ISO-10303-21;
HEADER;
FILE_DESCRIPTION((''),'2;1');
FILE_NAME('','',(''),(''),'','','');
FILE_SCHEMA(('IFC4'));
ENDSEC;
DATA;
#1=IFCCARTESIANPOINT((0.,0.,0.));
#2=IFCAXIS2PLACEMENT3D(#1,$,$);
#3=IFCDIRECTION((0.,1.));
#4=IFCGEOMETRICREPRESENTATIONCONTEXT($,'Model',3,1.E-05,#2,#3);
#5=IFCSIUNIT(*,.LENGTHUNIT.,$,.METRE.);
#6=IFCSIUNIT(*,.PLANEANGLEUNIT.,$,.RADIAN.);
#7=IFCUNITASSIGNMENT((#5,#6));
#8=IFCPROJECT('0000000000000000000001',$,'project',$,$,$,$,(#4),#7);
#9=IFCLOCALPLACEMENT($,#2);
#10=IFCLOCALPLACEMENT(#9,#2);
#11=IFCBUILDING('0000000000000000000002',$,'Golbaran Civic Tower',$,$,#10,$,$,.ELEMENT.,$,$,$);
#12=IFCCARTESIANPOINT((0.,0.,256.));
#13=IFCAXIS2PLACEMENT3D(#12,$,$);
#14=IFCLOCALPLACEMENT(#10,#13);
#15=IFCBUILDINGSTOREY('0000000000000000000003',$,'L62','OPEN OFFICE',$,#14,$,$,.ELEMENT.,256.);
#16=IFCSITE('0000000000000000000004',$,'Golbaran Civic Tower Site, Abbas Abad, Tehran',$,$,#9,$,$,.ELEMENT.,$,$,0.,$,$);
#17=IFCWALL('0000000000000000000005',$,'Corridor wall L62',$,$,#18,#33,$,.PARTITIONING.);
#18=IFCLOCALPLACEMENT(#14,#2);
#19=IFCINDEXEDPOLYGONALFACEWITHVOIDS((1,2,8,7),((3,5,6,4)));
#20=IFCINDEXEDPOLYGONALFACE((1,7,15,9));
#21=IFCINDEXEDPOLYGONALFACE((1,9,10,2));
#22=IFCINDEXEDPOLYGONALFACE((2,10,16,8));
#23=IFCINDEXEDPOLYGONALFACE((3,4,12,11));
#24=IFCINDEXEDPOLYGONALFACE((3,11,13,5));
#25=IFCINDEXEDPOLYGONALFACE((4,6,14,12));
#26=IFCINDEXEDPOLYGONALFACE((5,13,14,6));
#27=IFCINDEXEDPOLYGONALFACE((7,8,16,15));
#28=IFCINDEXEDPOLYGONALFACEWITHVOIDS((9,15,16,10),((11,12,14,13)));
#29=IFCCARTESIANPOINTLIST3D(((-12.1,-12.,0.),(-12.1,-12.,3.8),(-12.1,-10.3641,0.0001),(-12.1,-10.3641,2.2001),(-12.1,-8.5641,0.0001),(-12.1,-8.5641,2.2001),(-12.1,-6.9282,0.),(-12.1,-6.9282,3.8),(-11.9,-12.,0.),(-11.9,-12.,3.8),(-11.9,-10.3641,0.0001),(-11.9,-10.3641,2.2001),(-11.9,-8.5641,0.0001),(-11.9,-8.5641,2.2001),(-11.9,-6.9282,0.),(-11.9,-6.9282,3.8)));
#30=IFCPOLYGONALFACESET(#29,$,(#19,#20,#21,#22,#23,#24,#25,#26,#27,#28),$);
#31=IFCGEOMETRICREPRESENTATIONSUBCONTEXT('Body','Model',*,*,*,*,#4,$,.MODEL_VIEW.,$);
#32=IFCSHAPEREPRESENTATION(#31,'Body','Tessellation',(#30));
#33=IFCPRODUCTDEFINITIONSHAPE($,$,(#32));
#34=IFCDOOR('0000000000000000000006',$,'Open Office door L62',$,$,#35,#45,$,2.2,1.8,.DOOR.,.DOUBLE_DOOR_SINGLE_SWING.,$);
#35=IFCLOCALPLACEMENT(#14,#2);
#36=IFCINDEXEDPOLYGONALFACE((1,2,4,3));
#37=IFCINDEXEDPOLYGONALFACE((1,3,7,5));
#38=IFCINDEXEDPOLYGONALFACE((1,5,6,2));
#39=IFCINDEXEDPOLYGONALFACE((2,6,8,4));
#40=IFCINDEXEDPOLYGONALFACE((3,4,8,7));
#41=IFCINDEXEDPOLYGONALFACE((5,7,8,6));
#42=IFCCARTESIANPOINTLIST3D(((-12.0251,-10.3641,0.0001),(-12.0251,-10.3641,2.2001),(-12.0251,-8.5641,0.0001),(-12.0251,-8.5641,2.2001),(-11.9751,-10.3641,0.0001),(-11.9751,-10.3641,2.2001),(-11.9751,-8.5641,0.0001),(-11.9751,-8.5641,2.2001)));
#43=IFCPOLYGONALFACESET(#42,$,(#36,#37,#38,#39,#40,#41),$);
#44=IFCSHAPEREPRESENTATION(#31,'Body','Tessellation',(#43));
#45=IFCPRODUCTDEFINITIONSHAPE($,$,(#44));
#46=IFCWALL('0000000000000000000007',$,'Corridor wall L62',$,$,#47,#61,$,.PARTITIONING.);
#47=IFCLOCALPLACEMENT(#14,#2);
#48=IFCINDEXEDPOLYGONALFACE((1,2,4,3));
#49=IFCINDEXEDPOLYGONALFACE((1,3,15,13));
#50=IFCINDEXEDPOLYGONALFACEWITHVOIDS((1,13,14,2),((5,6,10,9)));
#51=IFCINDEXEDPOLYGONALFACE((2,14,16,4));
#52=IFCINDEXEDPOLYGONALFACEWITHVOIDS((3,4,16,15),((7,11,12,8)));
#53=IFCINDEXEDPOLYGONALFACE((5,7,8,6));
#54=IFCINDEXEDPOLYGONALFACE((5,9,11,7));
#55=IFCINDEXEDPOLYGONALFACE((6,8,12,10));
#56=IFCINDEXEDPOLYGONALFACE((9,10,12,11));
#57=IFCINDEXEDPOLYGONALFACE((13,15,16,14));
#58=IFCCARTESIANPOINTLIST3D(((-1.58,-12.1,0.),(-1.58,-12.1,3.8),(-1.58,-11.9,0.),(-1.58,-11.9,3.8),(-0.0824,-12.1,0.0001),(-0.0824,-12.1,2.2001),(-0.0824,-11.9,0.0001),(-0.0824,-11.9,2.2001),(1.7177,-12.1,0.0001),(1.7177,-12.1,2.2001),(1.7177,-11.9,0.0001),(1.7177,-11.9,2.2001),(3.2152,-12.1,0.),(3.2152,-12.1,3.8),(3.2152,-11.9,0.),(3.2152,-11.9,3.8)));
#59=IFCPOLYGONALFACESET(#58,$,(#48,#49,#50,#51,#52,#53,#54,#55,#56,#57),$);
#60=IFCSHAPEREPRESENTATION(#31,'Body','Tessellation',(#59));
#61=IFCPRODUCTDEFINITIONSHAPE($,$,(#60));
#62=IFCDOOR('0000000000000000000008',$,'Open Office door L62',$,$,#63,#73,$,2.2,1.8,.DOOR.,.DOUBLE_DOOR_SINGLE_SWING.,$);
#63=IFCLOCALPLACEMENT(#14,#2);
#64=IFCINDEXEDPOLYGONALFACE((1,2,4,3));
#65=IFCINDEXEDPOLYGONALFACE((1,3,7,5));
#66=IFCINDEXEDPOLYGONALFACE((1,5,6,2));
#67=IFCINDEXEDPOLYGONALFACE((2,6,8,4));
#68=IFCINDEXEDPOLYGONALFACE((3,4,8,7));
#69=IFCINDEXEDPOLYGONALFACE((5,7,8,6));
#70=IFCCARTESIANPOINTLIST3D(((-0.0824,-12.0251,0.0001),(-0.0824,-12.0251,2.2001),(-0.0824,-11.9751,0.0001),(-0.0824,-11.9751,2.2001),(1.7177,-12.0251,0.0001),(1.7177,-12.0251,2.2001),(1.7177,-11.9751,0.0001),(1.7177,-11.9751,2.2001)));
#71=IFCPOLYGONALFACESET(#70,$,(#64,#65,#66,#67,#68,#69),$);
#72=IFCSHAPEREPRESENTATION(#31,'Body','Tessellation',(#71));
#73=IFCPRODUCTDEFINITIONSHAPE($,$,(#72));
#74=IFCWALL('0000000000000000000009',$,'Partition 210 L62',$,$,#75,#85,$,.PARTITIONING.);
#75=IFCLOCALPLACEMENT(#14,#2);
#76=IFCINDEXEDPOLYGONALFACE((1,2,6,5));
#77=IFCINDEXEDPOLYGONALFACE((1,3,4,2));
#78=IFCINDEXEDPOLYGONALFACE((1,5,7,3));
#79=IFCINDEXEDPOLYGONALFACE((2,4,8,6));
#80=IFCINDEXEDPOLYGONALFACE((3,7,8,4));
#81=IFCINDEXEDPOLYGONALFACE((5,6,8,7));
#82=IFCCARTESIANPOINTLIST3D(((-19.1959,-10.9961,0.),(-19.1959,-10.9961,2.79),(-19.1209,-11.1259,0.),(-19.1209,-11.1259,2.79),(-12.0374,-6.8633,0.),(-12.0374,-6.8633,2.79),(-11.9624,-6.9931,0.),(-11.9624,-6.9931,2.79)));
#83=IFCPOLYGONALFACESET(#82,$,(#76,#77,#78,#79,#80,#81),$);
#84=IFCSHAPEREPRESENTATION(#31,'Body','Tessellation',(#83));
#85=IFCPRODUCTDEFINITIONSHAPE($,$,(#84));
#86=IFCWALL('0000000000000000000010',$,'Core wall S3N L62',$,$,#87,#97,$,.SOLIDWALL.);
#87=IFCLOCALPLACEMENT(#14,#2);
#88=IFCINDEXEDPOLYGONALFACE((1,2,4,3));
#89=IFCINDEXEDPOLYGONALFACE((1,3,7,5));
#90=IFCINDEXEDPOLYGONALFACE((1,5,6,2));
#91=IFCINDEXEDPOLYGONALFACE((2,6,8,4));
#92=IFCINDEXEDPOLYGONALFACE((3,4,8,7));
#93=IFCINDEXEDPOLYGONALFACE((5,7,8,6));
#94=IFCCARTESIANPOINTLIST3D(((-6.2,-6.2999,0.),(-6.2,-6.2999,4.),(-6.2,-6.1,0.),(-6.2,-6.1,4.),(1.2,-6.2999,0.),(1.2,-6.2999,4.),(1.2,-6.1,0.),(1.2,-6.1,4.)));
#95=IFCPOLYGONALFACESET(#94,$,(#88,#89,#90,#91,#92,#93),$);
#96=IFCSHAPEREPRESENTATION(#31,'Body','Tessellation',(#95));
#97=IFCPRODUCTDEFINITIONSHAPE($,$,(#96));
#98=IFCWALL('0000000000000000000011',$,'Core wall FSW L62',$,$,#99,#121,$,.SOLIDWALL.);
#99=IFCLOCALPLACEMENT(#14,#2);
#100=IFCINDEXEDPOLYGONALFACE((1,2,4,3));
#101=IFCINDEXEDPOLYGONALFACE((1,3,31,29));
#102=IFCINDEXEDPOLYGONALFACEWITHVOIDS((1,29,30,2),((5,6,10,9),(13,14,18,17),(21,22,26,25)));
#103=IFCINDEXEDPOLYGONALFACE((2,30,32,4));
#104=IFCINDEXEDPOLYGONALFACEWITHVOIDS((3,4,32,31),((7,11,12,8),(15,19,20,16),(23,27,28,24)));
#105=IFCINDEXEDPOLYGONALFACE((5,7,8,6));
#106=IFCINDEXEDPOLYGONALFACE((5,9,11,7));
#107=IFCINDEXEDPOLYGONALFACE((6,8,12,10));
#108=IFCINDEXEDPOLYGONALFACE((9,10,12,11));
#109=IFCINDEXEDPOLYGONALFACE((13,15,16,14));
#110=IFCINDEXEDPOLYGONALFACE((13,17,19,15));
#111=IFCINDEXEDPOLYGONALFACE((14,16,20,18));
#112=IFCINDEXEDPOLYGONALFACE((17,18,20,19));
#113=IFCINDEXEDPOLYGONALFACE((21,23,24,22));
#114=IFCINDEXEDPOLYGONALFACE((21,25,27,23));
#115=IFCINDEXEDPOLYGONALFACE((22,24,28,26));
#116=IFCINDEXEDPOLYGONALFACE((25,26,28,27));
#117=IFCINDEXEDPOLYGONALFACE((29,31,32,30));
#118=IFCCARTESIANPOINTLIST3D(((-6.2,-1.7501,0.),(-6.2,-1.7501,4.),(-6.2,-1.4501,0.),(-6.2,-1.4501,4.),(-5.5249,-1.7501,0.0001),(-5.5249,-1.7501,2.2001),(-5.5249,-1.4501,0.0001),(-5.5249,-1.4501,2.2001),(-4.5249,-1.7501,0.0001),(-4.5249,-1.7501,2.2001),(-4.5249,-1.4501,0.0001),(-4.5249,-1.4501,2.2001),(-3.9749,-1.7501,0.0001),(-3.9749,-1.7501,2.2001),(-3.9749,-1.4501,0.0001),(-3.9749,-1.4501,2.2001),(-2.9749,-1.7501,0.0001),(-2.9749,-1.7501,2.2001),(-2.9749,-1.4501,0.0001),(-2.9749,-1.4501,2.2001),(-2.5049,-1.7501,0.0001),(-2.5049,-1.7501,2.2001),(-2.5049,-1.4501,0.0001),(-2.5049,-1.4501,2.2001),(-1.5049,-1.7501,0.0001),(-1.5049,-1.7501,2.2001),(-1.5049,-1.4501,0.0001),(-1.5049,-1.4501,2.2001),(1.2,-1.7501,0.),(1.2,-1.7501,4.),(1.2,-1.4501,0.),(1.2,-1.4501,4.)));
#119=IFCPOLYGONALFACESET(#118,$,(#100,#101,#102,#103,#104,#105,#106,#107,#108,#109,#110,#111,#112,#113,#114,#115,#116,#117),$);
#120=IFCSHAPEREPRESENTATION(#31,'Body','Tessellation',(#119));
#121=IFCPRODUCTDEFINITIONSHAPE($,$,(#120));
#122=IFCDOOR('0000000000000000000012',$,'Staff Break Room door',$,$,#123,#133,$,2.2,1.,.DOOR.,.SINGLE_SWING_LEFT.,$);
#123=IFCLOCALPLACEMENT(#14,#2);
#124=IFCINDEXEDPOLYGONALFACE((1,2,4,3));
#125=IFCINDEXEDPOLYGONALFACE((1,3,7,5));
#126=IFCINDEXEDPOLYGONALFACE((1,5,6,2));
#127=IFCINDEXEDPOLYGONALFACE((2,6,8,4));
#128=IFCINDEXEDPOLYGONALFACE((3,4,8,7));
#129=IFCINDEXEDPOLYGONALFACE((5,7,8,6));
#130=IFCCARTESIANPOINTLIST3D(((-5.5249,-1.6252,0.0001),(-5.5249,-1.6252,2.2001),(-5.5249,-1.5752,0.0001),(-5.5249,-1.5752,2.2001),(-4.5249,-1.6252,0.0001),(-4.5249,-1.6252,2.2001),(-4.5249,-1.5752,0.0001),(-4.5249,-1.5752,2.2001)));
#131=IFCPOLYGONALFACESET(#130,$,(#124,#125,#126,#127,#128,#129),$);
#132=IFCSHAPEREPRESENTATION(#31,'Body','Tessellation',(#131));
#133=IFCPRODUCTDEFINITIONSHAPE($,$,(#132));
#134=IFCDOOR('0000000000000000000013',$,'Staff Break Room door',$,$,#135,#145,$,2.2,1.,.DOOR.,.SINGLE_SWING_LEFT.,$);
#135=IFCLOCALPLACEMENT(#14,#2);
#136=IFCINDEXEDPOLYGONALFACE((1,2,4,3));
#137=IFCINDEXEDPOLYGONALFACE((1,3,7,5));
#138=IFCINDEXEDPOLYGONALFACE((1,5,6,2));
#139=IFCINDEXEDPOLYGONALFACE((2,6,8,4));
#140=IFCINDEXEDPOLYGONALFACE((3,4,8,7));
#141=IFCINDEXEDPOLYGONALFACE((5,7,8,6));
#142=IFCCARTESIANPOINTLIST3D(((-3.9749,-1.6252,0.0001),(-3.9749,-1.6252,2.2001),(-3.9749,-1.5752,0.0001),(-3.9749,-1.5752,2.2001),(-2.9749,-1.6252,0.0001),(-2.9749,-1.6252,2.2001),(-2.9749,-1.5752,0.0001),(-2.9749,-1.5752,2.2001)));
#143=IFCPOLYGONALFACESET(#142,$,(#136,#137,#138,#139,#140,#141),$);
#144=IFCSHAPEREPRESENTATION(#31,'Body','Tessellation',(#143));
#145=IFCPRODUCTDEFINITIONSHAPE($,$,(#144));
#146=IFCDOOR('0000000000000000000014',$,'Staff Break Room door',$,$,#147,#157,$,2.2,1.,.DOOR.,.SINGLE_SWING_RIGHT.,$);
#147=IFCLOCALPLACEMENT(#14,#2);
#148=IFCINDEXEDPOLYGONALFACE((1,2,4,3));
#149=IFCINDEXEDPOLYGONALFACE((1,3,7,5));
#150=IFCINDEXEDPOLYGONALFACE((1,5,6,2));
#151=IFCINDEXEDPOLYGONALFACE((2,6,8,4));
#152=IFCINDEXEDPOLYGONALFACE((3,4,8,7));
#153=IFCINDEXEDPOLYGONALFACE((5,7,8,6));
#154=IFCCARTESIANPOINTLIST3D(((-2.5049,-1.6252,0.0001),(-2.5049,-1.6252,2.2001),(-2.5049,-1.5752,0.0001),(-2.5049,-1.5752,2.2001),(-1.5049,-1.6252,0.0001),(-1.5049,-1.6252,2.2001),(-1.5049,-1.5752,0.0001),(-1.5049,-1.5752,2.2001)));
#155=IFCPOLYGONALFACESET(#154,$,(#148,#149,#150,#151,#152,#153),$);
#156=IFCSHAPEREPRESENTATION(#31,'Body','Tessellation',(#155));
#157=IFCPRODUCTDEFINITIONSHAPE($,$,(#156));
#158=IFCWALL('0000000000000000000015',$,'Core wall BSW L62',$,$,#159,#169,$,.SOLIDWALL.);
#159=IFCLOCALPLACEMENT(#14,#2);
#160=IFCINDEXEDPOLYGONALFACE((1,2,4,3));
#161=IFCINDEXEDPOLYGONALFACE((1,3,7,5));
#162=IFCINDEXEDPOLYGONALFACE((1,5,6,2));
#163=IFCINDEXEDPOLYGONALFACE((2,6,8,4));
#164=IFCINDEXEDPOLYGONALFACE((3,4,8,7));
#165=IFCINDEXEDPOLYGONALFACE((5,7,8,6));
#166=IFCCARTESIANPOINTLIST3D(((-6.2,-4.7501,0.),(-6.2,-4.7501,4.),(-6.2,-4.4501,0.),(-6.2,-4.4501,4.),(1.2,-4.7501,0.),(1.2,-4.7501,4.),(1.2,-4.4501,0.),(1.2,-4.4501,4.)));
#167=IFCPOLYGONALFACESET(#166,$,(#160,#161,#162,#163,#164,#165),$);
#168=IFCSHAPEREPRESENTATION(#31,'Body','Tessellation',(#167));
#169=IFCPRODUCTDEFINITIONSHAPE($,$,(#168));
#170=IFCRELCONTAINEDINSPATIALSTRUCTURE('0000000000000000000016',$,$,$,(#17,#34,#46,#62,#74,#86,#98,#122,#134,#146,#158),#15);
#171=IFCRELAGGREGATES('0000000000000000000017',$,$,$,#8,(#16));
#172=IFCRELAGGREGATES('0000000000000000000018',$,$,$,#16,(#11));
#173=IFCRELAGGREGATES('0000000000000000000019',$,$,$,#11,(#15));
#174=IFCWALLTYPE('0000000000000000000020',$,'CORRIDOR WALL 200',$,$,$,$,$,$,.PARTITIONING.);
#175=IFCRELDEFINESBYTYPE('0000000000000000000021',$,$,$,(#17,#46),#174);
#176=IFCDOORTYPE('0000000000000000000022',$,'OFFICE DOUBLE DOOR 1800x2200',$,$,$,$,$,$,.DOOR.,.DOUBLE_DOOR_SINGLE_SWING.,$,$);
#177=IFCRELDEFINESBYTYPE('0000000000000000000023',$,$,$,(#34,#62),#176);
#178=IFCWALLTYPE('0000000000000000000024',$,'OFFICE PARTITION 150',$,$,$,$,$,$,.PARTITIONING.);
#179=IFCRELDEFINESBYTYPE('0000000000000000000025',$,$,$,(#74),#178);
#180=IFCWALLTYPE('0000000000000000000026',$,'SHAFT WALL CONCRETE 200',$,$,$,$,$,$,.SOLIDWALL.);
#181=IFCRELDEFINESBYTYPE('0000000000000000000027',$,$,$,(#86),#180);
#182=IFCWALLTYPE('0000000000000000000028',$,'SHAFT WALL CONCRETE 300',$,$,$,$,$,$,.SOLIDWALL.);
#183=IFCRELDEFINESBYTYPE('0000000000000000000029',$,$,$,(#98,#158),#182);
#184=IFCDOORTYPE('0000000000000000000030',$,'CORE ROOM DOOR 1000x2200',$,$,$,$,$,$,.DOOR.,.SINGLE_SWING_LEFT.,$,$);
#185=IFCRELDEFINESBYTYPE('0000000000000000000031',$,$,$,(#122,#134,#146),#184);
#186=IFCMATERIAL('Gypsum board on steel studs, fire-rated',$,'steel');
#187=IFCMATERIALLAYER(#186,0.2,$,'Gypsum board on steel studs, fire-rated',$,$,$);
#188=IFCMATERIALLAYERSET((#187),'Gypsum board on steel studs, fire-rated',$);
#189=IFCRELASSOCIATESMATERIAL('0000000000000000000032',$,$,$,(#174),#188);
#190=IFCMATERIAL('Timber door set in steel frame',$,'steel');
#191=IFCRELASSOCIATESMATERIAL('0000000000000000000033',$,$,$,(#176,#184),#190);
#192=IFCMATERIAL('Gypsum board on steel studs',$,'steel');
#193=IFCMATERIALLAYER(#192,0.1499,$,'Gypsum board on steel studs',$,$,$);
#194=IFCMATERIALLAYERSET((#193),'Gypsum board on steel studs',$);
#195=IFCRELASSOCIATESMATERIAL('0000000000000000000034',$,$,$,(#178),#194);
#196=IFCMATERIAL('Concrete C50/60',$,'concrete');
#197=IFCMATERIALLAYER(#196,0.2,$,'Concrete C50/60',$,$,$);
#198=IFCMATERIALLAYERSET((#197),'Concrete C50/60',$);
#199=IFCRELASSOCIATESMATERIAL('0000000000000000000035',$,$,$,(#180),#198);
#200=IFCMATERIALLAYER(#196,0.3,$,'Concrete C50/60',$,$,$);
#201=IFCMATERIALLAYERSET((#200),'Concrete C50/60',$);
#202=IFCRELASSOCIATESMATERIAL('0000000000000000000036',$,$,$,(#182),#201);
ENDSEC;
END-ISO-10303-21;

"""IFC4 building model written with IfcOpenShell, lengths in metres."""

from ifc_helpers import new_model, si_unit, direction, frame, frame_2d, origin, place, context, subcontext, project, spatial, rectangle, extrude, material, layer, layer_set, type_object, element, fill, save


model = new_model("IFC4")

# Units and contexts
model_context = context("Model", 3, precision=1e-05, world=origin(), true_north=direction((0.0, 1.0)))
body_context = subcontext(model_context, "Body", "Model", "MODEL_VIEW")
ifc_project = project(units=[si_unit("LENGTHUNIT", "METRE"), si_unit("PLANEANGLEUNIT", "RADIAN")], contexts=[model_context])

# Site, building, storey
site_placement = place(None, origin())
site = spatial("IfcSite", under=ifc_project, at=site_placement, Name="Golbaran Civic Tower Site, Abbas Abad, Tehran", CompositionType="ELEMENT", RefElevation=0.0)
building_placement = place(site_placement, origin())
building = spatial("IfcBuilding", under=site, at=building_placement, Name="Golbaran Civic Tower", CompositionType="ELEMENT")
storey_placement = place(building_placement, frame((0.0, 0.0, 256.0)))
storey = spatial("IfcBuildingStorey", under=building, at=storey_placement, Name="L62", Description="OPEN OFFICE", CompositionType="ELEMENT", Elevation=256.0)

# Walls, openings, doors
ifc_material_1 = material(Name="Concrete C50/60", Category="concrete")
ifc_material_2 = material(Name="Timber door set in steel frame", Category="steel")
ifc_material_3 = material(Name="Gypsum board on steel studs, fire-rated", Category="steel")
ifc_layer_1 = layer(ifc_material_3, 0.2, Name="Gypsum board on steel studs, fire-rated")
ifc_layer_set_1 = layer_set([ifc_layer_1], Name="Gypsum board on steel studs, fire-rated")
wall_type_1 = type_object("IfcWallType", Name="CORRIDOR WALL 200", PredefinedType="PARTITIONING", material=ifc_layer_set_1)
wall_1_placement = place(storey_placement, frame((-12.0, -6.9282, 0.0), z_axis=(0.0, 0.0, 1.0), x_axis=(0.0, -1.0, 0.0)))
wall_1 = element("IfcWall", 1, at=wall_1_placement, inside=storey, type_object=wall_type_1, Name="Corridor wall L62", PredefinedType="PARTITIONING", context=body_context, shape_type="SweptSolid", body=[
    extrude(rectangle(XDim=5.0718, YDim=0.2, at=frame_2d((2.5359, 0.0))), origin(), (0.0, 0.0, 1.0), 3.8),
])
opening_1_placement = place(wall_1_placement, frame((1.636, 0.0, 0.0)))
opening_1 = element("IfcOpeningElement", 2, at=opening_1_placement, cuts=wall_1, PredefinedType="OPENING", context=body_context, shape_type="SweptSolid", body=[
    extrude(rectangle(XDim=1.8, YDim=2.2, at=frame_2d((0.8999, 1.1001))), frame((0.0, 0.1099, 0.0), z_axis=(0.0, -1.0, 0.0), x_axis=(1.0, 0.0, 0.0)), (0.0, 0.0, 1.0), 0.22),
])
door_type_1 = type_object("IfcDoorType", Name="OFFICE DOUBLE DOOR 1800x2200", OperationType="DOUBLE_DOOR_SINGLE_SWING", PredefinedType="DOOR", material=ifc_material_2)
door_1_placement = place(opening_1_placement, origin())
door_1 = element("IfcDoor", 3, at=door_1_placement, inside=storey, type_object=door_type_1, Name="Open Office door L62", OperationType="DOUBLE_DOOR_SINGLE_SWING", OverallHeight=2.2, OverallWidth=1.8, PredefinedType="DOOR", context=body_context, shape_type="SweptSolid", body=[
    extrude(rectangle(XDim=1.8, YDim=2.2, at=frame_2d((0.8999, 1.1001))), frame((0.0, 0.0249, 0.0), z_axis=(0.0, -1.0, 0.0), x_axis=(1.0, 0.0, 0.0)), (0.0, 0.0, 1.0), 0.05),
])
fill(opening_1, door_1)
wall_2_placement = place(storey_placement, frame((-1.5798, -12.0, 0.0), z_axis=(0.0, 0.0, 1.0), x_axis=(1.0, 0.0, 0.0)))
wall_2 = element("IfcWall", 4, at=wall_2_placement, inside=storey, type_object=wall_type_1, Name="Corridor wall L62", PredefinedType="PARTITIONING", context=body_context, shape_type="SweptSolid", body=[
    extrude(rectangle(XDim=4.7952, YDim=0.2, at=frame_2d((2.3975, 0.0))), origin(), (0.0, 0.0, 1.0), 3.8),
])
opening_2_placement = place(wall_2_placement, frame((1.4976, 0.0, 0.0)))
opening_2 = element("IfcOpeningElement", 5, at=opening_2_placement, cuts=wall_2, PredefinedType="OPENING", context=body_context, shape_type="SweptSolid", body=[
    extrude(rectangle(XDim=1.8, YDim=2.2, at=frame_2d((0.8999, 1.1001))), frame((0.0, 0.1099, 0.0), z_axis=(0.0, -1.0, 0.0), x_axis=(1.0, 0.0, 0.0)), (0.0, 0.0, 1.0), 0.22),
])
door_2_placement = place(opening_2_placement, origin())
door_2 = element("IfcDoor", 6, at=door_2_placement, inside=storey, type_object=door_type_1, Name="Open Office door L62", OperationType="DOUBLE_DOOR_SINGLE_SWING", OverallHeight=2.2, OverallWidth=1.8, PredefinedType="DOOR", context=body_context, shape_type="SweptSolid", body=[
    extrude(rectangle(XDim=1.8, YDim=2.2, at=frame_2d((0.8999, 1.1001))), frame((0.0, 0.0249, 0.0), z_axis=(0.0, -1.0, 0.0), x_axis=(1.0, 0.0, 0.0)), (0.0, 0.0, 1.0), 0.05),
])
fill(opening_2, door_2)

# Walls
ifc_material_4 = material(Name="Gypsum board on steel studs", Category="steel")
ifc_layer_2 = layer(ifc_material_4, 0.1499, Name="Gypsum board on steel studs")
ifc_layer_set_2 = layer_set([ifc_layer_2], Name="Gypsum board on steel studs")
wall_type_2 = type_object("IfcWallType", Name="OFFICE PARTITION 150", PredefinedType="PARTITIONING", material=ifc_layer_set_2)
wall_3_placement = place(storey_placement, frame((-12.0, -6.9282, 0.0), z_axis=(0.0, 0.0, 1.0), x_axis=(-0.866032, -0.499989, 0.0)))
element("IfcWall", 7, at=wall_3_placement, inside=storey, type_object=wall_type_2, Name="Partition 210 L62", PredefinedType="PARTITIONING", context=body_context, shape_type="SweptSolid", body=[
    extrude(rectangle(XDim=8.2659, YDim=0.1499, at=frame_2d((4.1328, 0.0))), origin(), (0.0, 0.0, 1.0), 2.79),
])
ifc_layer_3 = layer(ifc_material_1, 0.2, Name="Concrete C50/60")
ifc_layer_set_3 = layer_set([ifc_layer_3], Name="Concrete C50/60")
wall_type_3 = type_object("IfcWallType", Name="SHAFT WALL CONCRETE 200", PredefinedType="SOLIDWALL", material=ifc_layer_set_3)
wall_4_placement = place(storey_placement, frame((-6.2, -6.2, 0.0), z_axis=(0.0, 0.0, 1.0), x_axis=(1.0, 0.0, 0.0)))
element("IfcWall", 8, at=wall_4_placement, inside=storey, type_object=wall_type_3, Name="Core wall S3N L62", PredefinedType="SOLIDWALL", context=body_context, shape_type="SweptSolid", body=[
    extrude(rectangle(XDim=7.3999, YDim=0.2, at=frame_2d((3.7, 0.0))), origin(), (0.0, 0.0, 1.0), 4.0),
])

# Wall, openings, doors
ifc_layer_4 = layer(ifc_material_1, 0.3, Name="Concrete C50/60")
ifc_layer_set_4 = layer_set([ifc_layer_4], Name="Concrete C50/60")
wall_type_4 = type_object("IfcWallType", Name="SHAFT WALL CONCRETE 300", PredefinedType="SOLIDWALL", material=ifc_layer_set_4)
wall_5_placement = place(storey_placement, frame((-6.2, -1.6001, 0.0), z_axis=(0.0, 0.0, 1.0), x_axis=(1.0, 0.0, 0.0)))
wall_5 = element("IfcWall", 9, at=wall_5_placement, inside=storey, type_object=wall_type_4, Name="Core wall FSW L62", PredefinedType="SOLIDWALL", context=body_context, shape_type="SweptSolid", body=[
    extrude(rectangle(XDim=7.3999, YDim=0.3, at=frame_2d((3.7, 0.0))), origin(), (0.0, 0.0, 1.0), 4.0),
])
opening_3_placement = place(wall_5_placement, frame((0.675, 0.0, 0.0)))
opening_3 = element("IfcOpeningElement", 10, at=opening_3_placement, cuts=wall_5, PredefinedType="OPENING", context=body_context, shape_type="SweptSolid", body=[
    extrude(rectangle(XDim=1.0, YDim=2.2, at=frame_2d((0.5, 1.1001))), frame((0.0, 0.1599, 0.0), z_axis=(0.0, -1.0, 0.0), x_axis=(1.0, 0.0, 0.0)), (0.0, 0.0, 1.0), 0.3201),
])
opening_4_placement = place(wall_5_placement, frame((2.2251, 0.0, 0.0)))
opening_4 = element("IfcOpeningElement", 11, at=opening_4_placement, cuts=wall_5, PredefinedType="OPENING", context=body_context, shape_type="SweptSolid", body=[
    extrude(rectangle(XDim=1.0, YDim=2.2, at=frame_2d((0.5, 1.1001))), frame((0.0, 0.1599, 0.0), z_axis=(0.0, -1.0, 0.0), x_axis=(1.0, 0.0, 0.0)), (0.0, 0.0, 1.0), 0.3201),
])
opening_5_placement = place(wall_5_placement, frame((3.6951, 0.0, 0.0)))
opening_5 = element("IfcOpeningElement", 12, at=opening_5_placement, cuts=wall_5, PredefinedType="OPENING", context=body_context, shape_type="SweptSolid", body=[
    extrude(rectangle(XDim=1.0, YDim=2.2, at=frame_2d((0.5, 1.1001))), frame((0.0, 0.1599, 0.0), z_axis=(0.0, -1.0, 0.0), x_axis=(1.0, 0.0, 0.0)), (0.0, 0.0, 1.0), 0.3201),
])
door_type_2 = type_object("IfcDoorType", Name="CORE ROOM DOOR 1000x2200", OperationType="SINGLE_SWING_LEFT", PredefinedType="DOOR", material=ifc_material_2)
door_3_placement = place(opening_3_placement, origin())
door_3 = element("IfcDoor", 13, at=door_3_placement, inside=storey, type_object=door_type_2, Name="Staff Break Room door", OperationType="SINGLE_SWING_LEFT", OverallHeight=2.2, OverallWidth=1.0, PredefinedType="DOOR", context=body_context, shape_type="SweptSolid", body=[
    extrude(rectangle(XDim=1.0, YDim=2.2, at=frame_2d((0.5, 1.1001))), frame((0.0, 0.0249, 0.0), z_axis=(0.0, -1.0, 0.0), x_axis=(1.0, 0.0, 0.0)), (0.0, 0.0, 1.0), 0.05),
])
fill(opening_3, door_3)
door_4_placement = place(opening_4_placement, origin())
door_4 = element("IfcDoor", 14, at=door_4_placement, inside=storey, type_object=door_type_2, Name="Staff Break Room door", OperationType="SINGLE_SWING_LEFT", OverallHeight=2.2, OverallWidth=1.0, PredefinedType="DOOR", context=body_context, shape_type="SweptSolid", body=[
    extrude(rectangle(XDim=1.0, YDim=2.2, at=frame_2d((0.5, 1.1001))), frame((0.0, 0.0249, 0.0), z_axis=(0.0, -1.0, 0.0), x_axis=(1.0, 0.0, 0.0)), (0.0, 0.0, 1.0), 0.05),
])
fill(opening_4, door_4)
door_5_placement = place(opening_5_placement, origin())
door_5 = element("IfcDoor", 15, at=door_5_placement, inside=storey, type_object=door_type_2, Name="Staff Break Room door", OperationType="SINGLE_SWING_RIGHT", OverallHeight=2.2, OverallWidth=1.0, PredefinedType="DOOR", context=body_context, shape_type="SweptSolid", body=[
    extrude(rectangle(XDim=1.0, YDim=2.2, at=frame_2d((0.5, 1.1001))), frame((0.0, 0.0249, 0.0), z_axis=(0.0, -1.0, 0.0), x_axis=(1.0, 0.0, 0.0)), (0.0, 0.0, 1.0), 0.05),
])
fill(opening_5, door_5)

# Wall
wall_6_placement = place(storey_placement, frame((-6.2, -4.6001, 0.0), z_axis=(0.0, 0.0, 1.0), x_axis=(1.0, 0.0, 0.0)))
element("IfcWall", 16, at=wall_6_placement, inside=storey, type_object=wall_type_4, Name="Core wall BSW L62", PredefinedType="SOLIDWALL", context=body_context, shape_type="SweptSolid", body=[
    extrude(rectangle(XDim=7.3999, YDim=0.3, at=frame_2d((3.7, 0.0))), origin(), (0.0, 0.0, 1.0), 4.0),
])

save(model, "model.ifc")
